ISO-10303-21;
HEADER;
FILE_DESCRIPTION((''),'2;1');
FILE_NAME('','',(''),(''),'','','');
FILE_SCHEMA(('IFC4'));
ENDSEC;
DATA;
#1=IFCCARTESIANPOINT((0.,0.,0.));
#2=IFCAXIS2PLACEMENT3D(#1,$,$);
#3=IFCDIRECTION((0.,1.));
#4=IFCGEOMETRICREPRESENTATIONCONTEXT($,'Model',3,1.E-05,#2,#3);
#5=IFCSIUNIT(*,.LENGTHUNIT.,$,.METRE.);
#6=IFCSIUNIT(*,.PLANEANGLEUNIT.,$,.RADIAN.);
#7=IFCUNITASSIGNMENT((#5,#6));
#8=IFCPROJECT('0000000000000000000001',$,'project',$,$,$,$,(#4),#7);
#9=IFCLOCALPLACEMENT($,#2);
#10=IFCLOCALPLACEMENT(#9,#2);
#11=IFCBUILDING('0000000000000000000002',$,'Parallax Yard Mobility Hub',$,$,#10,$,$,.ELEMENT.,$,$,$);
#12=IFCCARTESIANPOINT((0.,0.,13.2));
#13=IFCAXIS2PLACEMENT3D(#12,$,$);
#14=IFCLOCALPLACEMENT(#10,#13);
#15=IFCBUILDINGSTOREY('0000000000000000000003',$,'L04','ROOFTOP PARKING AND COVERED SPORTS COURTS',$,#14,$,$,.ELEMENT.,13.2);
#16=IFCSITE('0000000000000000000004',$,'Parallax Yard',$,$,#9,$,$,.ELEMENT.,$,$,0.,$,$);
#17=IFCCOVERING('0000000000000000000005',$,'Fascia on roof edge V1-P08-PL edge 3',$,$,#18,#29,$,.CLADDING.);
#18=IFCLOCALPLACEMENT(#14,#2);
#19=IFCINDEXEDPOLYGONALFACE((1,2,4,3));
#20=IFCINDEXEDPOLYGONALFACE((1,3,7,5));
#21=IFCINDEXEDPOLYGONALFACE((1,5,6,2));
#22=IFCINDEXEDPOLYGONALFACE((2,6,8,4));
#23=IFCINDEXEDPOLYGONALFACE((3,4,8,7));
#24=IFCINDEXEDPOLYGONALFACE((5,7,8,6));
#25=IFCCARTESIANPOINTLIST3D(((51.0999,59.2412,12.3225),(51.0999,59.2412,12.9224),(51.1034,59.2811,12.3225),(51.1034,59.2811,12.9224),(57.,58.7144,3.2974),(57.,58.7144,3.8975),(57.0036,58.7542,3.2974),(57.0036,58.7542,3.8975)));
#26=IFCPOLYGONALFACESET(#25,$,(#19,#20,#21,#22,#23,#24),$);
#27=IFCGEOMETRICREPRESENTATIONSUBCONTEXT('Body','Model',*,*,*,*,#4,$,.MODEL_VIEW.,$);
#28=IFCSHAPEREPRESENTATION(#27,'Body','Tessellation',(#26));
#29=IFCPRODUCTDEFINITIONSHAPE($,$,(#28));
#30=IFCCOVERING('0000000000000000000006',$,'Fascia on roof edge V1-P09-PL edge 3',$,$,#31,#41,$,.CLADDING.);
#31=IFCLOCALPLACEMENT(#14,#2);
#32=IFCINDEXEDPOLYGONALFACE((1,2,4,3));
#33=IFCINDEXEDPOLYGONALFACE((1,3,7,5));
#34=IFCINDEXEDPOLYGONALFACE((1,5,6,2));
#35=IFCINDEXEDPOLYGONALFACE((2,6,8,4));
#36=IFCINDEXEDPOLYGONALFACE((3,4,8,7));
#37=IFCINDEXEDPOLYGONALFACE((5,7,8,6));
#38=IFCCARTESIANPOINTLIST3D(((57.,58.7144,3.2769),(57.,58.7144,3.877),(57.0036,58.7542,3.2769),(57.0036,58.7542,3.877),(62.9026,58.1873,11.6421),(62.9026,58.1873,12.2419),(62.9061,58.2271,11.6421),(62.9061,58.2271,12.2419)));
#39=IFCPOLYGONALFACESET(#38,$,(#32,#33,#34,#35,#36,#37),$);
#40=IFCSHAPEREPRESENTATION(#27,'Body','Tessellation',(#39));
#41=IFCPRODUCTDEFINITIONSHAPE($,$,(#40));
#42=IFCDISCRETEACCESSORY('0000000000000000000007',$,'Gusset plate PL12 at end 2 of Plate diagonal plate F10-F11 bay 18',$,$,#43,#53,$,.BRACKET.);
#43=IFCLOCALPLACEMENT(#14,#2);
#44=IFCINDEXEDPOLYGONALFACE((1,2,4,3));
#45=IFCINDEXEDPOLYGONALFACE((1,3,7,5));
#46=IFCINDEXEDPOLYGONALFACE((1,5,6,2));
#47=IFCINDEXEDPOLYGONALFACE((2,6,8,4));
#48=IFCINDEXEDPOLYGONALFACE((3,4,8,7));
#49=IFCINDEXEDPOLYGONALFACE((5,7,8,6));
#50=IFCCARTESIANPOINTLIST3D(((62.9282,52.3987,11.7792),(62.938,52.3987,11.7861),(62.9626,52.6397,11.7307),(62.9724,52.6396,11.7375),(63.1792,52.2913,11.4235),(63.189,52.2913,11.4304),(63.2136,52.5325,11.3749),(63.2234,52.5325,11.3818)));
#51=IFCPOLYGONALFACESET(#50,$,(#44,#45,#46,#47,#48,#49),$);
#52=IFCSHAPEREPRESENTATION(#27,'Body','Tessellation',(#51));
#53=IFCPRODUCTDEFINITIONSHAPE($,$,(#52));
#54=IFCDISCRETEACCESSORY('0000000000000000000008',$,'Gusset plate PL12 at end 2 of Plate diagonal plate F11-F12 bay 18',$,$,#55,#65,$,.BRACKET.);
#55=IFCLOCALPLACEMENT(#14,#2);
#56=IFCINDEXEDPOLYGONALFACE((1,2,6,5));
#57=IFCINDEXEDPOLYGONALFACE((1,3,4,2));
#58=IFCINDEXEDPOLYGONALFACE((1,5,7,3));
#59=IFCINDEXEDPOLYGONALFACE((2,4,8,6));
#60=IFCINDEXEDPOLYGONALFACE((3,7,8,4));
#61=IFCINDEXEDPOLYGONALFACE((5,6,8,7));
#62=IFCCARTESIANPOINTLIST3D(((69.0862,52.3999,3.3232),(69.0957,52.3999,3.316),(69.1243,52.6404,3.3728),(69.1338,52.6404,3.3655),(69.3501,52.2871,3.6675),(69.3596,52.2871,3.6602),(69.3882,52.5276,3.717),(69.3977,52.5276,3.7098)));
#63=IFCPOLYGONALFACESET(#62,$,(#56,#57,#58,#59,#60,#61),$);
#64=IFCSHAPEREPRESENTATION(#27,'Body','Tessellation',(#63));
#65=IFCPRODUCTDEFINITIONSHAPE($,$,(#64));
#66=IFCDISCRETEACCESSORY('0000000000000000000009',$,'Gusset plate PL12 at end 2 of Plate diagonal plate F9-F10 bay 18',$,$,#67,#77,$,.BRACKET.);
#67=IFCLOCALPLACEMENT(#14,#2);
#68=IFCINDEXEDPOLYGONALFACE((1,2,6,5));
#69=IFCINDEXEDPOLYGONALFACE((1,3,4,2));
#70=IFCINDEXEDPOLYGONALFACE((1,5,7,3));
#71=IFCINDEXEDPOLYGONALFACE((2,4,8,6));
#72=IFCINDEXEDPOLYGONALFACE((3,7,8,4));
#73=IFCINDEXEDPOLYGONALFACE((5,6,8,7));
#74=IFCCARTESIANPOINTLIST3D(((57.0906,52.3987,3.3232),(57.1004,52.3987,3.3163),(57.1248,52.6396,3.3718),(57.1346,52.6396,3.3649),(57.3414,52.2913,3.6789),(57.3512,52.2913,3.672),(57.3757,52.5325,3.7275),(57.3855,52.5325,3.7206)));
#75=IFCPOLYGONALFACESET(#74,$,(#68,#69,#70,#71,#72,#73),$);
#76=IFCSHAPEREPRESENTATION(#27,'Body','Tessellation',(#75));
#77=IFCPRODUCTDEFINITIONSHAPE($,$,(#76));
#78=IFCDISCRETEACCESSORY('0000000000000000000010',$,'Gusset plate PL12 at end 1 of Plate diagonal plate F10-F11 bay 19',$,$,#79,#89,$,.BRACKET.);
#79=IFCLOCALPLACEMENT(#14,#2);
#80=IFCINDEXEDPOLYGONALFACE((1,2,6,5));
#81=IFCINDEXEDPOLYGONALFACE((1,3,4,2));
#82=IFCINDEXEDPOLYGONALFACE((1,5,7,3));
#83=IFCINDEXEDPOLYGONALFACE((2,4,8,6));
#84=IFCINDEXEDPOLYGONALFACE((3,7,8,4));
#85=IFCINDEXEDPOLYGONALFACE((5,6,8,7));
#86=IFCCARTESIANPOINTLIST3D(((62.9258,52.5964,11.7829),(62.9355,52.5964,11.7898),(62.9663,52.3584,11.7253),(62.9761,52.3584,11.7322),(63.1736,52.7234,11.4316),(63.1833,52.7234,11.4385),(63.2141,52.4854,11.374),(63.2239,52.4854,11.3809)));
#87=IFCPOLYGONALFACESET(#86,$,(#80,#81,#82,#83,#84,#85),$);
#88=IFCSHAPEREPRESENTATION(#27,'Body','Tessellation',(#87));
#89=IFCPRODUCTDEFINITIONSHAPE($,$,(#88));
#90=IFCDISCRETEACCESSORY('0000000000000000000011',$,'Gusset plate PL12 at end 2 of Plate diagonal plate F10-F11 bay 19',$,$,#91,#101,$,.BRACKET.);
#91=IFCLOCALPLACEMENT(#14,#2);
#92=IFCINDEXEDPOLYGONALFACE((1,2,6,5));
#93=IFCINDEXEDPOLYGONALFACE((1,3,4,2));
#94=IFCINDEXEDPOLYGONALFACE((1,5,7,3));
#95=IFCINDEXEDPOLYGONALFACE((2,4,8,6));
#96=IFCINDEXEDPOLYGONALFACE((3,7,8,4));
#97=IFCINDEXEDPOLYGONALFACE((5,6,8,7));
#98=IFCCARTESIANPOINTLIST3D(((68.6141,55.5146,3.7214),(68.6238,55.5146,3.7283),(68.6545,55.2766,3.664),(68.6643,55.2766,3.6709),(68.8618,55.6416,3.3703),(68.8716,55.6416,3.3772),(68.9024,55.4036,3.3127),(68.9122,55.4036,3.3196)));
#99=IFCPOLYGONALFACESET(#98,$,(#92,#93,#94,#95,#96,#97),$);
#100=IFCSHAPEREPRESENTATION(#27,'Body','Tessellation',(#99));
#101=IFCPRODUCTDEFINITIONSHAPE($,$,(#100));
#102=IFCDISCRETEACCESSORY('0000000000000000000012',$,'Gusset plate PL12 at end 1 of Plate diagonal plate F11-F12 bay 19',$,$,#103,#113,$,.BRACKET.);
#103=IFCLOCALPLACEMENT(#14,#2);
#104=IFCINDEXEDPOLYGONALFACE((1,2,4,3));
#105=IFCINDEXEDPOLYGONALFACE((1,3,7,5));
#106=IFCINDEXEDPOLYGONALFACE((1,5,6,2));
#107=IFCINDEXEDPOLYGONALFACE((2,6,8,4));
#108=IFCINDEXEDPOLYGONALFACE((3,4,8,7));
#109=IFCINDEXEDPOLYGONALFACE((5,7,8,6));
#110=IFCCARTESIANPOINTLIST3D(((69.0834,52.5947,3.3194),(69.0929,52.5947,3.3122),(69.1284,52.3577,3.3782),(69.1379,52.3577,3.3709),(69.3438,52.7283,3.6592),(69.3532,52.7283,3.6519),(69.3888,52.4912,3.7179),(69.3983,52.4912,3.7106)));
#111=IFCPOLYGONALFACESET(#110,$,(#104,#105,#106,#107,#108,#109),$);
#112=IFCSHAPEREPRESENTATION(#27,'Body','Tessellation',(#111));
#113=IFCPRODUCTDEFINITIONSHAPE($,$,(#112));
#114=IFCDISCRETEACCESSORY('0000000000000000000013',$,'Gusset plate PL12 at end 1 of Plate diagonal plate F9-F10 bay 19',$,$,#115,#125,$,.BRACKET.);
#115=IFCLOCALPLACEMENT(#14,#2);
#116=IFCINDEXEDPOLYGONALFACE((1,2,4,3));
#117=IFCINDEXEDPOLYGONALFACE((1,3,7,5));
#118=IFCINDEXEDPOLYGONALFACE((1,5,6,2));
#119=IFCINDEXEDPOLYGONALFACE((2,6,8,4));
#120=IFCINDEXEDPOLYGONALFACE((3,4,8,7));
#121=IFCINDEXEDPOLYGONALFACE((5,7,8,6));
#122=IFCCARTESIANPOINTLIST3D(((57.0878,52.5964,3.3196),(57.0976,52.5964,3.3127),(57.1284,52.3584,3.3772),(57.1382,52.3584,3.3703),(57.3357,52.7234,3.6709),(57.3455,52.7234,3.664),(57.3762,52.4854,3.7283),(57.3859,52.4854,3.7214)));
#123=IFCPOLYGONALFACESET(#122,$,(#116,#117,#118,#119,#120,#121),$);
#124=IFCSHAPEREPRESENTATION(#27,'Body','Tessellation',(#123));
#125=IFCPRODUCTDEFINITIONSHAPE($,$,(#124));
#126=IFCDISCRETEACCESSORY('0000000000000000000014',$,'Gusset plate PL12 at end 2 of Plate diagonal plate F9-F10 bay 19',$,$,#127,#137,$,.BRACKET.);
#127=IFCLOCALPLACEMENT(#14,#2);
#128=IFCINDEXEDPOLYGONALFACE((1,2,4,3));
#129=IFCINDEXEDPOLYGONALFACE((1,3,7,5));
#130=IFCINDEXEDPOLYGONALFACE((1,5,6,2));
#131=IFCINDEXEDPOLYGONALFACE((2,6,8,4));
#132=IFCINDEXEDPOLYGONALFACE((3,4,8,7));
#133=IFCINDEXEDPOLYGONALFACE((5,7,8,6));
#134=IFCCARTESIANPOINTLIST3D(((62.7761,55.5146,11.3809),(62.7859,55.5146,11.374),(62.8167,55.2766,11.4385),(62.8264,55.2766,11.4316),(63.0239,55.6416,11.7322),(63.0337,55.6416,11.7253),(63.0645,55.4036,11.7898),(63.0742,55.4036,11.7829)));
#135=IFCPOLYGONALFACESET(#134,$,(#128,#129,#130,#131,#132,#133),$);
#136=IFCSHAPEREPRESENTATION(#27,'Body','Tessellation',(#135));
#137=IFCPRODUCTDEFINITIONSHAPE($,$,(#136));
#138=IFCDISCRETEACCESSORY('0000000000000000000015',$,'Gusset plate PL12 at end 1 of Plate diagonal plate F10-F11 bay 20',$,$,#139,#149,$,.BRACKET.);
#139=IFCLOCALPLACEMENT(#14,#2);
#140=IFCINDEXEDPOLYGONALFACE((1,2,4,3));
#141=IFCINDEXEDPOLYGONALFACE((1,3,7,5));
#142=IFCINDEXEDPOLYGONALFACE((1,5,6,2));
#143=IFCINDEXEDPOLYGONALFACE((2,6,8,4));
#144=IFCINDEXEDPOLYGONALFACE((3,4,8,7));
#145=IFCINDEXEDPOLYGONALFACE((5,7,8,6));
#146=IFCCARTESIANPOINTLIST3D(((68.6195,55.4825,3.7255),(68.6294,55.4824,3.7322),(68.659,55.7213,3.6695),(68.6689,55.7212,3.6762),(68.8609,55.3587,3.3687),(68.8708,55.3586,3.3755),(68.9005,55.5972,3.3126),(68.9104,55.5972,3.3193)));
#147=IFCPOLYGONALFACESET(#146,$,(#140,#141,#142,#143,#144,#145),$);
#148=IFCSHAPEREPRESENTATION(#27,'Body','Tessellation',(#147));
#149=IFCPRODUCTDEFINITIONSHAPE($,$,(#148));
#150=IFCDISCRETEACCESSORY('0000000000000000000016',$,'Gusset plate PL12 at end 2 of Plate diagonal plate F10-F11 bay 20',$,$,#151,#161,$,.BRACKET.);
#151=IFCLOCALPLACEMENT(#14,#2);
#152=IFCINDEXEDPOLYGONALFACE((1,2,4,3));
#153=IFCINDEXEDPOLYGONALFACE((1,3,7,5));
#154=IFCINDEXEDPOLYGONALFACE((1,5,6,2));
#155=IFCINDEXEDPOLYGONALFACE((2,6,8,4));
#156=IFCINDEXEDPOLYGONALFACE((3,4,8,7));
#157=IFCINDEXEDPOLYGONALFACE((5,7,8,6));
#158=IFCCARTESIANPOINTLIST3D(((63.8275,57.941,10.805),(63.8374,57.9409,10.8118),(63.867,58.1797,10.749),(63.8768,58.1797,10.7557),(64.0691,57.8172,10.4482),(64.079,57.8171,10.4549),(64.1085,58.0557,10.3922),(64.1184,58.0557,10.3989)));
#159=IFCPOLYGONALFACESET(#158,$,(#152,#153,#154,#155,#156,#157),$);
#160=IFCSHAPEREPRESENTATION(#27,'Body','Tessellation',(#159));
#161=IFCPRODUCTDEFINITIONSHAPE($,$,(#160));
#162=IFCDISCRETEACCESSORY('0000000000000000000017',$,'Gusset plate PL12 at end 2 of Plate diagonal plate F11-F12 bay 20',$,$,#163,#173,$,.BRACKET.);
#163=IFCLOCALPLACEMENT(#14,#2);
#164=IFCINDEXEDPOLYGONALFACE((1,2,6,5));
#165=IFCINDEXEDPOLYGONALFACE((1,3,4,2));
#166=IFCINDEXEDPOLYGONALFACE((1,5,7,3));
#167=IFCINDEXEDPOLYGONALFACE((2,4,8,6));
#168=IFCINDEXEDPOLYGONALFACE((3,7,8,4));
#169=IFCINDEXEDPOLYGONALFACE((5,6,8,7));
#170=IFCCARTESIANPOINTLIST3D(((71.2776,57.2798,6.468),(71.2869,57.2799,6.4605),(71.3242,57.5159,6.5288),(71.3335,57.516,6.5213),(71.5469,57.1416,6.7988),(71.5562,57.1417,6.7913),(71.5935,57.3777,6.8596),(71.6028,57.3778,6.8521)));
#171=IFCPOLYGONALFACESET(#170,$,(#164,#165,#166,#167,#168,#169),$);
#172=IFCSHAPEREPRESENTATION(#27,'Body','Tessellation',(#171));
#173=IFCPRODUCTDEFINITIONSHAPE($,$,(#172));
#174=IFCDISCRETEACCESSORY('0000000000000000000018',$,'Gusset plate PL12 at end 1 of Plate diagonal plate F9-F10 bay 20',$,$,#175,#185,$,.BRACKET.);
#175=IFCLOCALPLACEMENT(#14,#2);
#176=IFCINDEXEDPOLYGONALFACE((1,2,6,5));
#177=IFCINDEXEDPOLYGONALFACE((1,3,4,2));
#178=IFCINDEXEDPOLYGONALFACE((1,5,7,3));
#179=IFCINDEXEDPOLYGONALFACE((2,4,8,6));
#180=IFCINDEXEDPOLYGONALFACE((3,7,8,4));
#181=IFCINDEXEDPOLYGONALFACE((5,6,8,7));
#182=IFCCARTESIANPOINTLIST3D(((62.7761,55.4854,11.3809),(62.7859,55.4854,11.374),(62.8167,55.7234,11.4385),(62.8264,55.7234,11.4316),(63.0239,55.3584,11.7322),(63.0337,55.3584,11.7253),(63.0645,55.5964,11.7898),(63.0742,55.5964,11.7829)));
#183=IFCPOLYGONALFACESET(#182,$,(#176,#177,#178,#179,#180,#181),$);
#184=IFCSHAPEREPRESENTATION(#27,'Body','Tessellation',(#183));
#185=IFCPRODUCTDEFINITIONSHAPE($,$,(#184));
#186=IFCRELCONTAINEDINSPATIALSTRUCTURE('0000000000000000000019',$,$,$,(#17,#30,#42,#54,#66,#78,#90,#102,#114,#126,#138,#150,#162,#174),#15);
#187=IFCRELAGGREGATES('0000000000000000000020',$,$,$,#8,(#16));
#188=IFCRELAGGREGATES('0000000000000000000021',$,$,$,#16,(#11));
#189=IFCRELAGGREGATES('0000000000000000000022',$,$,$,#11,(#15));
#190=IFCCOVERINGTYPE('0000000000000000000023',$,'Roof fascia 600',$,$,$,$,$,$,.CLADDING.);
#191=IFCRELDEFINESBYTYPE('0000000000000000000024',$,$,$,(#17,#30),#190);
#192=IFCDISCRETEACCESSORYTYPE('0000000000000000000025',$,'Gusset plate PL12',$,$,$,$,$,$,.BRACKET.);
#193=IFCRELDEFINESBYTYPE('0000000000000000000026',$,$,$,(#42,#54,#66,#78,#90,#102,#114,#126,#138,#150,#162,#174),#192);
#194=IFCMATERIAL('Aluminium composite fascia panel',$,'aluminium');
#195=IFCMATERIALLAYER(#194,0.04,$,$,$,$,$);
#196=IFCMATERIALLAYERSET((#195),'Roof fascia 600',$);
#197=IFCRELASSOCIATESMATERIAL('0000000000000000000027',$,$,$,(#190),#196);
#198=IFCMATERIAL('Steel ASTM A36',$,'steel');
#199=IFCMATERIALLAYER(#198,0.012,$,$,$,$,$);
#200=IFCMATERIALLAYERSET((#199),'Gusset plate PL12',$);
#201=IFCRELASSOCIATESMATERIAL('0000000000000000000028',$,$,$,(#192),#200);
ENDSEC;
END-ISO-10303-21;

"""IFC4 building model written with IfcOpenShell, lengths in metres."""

from ifc_helpers import new_model, si_unit, direction, frame, origin, place, context, subcontext, project, spatial, polyline, outline, extrude, material, layer, layer_set, type_object, element, save


model = new_model("IFC4")

# Units and contexts
model_context = context("Model", 3, precision=1e-05, world=origin(), true_north=direction((0.0, 1.0)))
body_context = subcontext(model_context, "Body", "Model", "MODEL_VIEW")
ifc_project = project(units=[si_unit("LENGTHUNIT", "METRE"), si_unit("PLANEANGLEUNIT", "RADIAN")], contexts=[model_context])

# Site, building, storey
site_placement = place(None, origin())
site = spatial("IfcSite", under=ifc_project, at=site_placement, Name="Parallax Yard", CompositionType="ELEMENT", RefElevation=0.0)
building_placement = place(site_placement, origin())
building = spatial("IfcBuilding", under=site, at=building_placement, Name="Parallax Yard Mobility Hub", CompositionType="ELEMENT")
storey_placement = place(building_placement, frame((0.0, 0.0, 13.2)))
storey = spatial("IfcBuildingStorey", under=building, at=storey_placement, Name="L04", Description="ROOFTOP PARKING AND COVERED SPORTS COURTS", CompositionType="ELEMENT", Elevation=13.2)

# Coverings
ifc_material_1 = material(Name="Aluminium composite fascia panel", Category="aluminium")
ifc_layer_1 = layer(ifc_material_1, 0.04)
ifc_layer_set_1 = layer_set([ifc_layer_1], Name="Roof fascia 600")
covering_type_1 = type_object("IfcCoveringType", Name="Roof fascia 600", PredefinedType="CLADDING", material=ifc_layer_set_1)
covering_1_placement = place(storey_placement, frame((57.0, 58.7144, 3.8975), z_axis=(-0.088941, -0.996037, 0.0), x_axis=(-0.546548, 0.048804, 0.836004)))
element("IfcCovering", 1, at=covering_1_placement, inside=storey, type_object=covering_type_1, Name="Fascia on roof edge V1-P08-PL edge 3", PredefinedType="CLADDING", context=body_context, shape_type="SweptSolid", body=[
    extrude(outline(polyline([(0.0, 0.0), (10.7953, 0.0), (10.2938, 0.3292), (-0.5017, 0.3293), (0.0, 0.0)])), origin(), (0.0, 0.0, -1.0), 0.04),
])
covering_2_placement = place(storey_placement, frame((62.9026, 58.1873, 12.2419), z_axis=(-0.088946, -0.996036, 0.0), x_axis=(-0.575783, 0.051417, -0.815984)))
element("IfcCovering", 2, at=covering_2_placement, inside=storey, type_object=covering_type_1, Name="Fascia on roof edge V1-P09-PL edge 3", PredefinedType="CLADDING", context=body_context, shape_type="SweptSolid", body=[
    extrude(outline(polyline([(0.0, 0.0), (10.2514, 0.0), (10.7411, 0.3469), (0.4895, 0.3468), (0.0, 0.0)])), origin(), (0.0, 0.0, -1.0), 0.04),
])

# Discrete accessories
ifc_material_2 = material(Name="Steel ASTM A36", Category="steel")
ifc_layer_2 = layer(ifc_material_2, 0.012)
ifc_layer_set_2 = layer_set([ifc_layer_2], Name="Gusset plate PL12")
discrete_accessory_type = type_object("IfcDiscreteAccessoryType", Name="Gusset plate PL12", PredefinedType="BRACKET", material=ifc_layer_set_2)
discrete_accessory_1_placement = place(storey_placement, frame((63.2234, 52.5325, 11.3818), z_axis=(0.817026, -0.000463, 0.5766), x_axis=(-0.559792, 0.239055, 0.793401)))
element("IfcDiscreteAccessory", 3, at=discrete_accessory_1_placement, inside=storey, type_object=discrete_accessory_type, Name="Gusset plate PL12 at end 2 of Plate diagonal plate F10-F11 bay 18", PredefinedType="BRACKET", context=body_context, shape_type="SweptSolid", body=[
    extrude(outline(polyline([(0.0, 0.0), (0.4483, 0.0), (0.4486, 0.2482), (0.0002, 0.2485), (0.0, 0.0)])), origin(), (0.0, 0.0, -1.0), 0.012),
])
discrete_accessory_2_placement = place(storey_placement, frame((69.3882, 52.5276, 3.717), z_axis=(-0.793563, 0.000277, 0.608489), x_axis=(-0.588849, 0.251664, -0.768064)))
element("IfcDiscreteAccessory", 4, at=discrete_accessory_2_placement, inside=storey, type_object=discrete_accessory_type, Name="Gusset plate PL12 at end 2 of Plate diagonal plate F11-F12 bay 18", PredefinedType="BRACKET", context=body_context, shape_type="SweptSolid", body=[
    extrude(outline(polyline([(0.0, 0.0), (0.4482, 0.0), (0.4482, 0.2485), (0.0, 0.2485), (0.0, 0.0)])), origin(), (0.0, 0.0, -1.0), 0.012),
])
discrete_accessory_3_placement = place(storey_placement, frame((57.3757, 52.5325, 3.7275), z_axis=(-0.817206, 0.000126, 0.576345), x_axis=(-0.55961, 0.239055, -0.79353)))
element("IfcDiscreteAccessory", 5, at=discrete_accessory_3_placement, inside=storey, type_object=discrete_accessory_type, Name="Gusset plate PL12 at end 2 of Plate diagonal plate F9-F10 bay 18", PredefinedType="BRACKET", context=body_context, shape_type="SweptSolid", body=[
    extrude(outline(polyline([(0.0, 0.0), (0.4483, 0.0), (0.4484, 0.2482), (0.0002, 0.2485), (0.0, 0.0)])), origin(), (0.0, 0.0, -1.0), 0.012),
])
discrete_accessory_4_placement = place(storey_placement, frame((63.1833, 52.7234, 11.4385), z_axis=(0.817233, -0.000357, 0.576307), x_axis=(-0.552795, -0.283205, 0.783717)))
element("IfcDiscreteAccessory", 6, at=discrete_accessory_4_placement, inside=storey, type_object=discrete_accessory_type, Name="Gusset plate PL12 at end 1 of Plate diagonal plate F10-F11 bay 19", PredefinedType="BRACKET", context=body_context, shape_type="SweptSolid", body=[
    extrude(outline(polyline([(0.0, 0.0), (0.4483, 0.0), (0.4481, 0.2482), (-0.0001, 0.2482), (0.0, 0.0)])), origin(), (0.0, 0.0, -1.0), 0.012),
])
discrete_accessory_5_placement = place(storey_placement, frame((68.6643, 55.2766, 3.6709), z_axis=(0.8171, -0.000129, 0.576496), x_axis=(0.552924, 0.283205, -0.783626)))
element("IfcDiscreteAccessory", 7, at=discrete_accessory_5_placement, inside=storey, type_object=discrete_accessory_type, Name="Gusset plate PL12 at end 2 of Plate diagonal plate F10-F11 bay 19", PredefinedType="BRACKET", context=body_context, shape_type="SweptSolid", body=[
    extrude(outline(polyline([(0.0, 0.0), (0.4483, 0.0), (0.4481, 0.2482), (0.0, 0.2482), (0.0, 0.0)])), origin(), (0.0, 0.0, -1.0), 0.012),
])
discrete_accessory_6_placement = place(storey_placement, frame((69.3438, 52.7283, 3.6592), z_axis=(-0.793669, -0.000128, 0.608349), x_axis=(-0.580712, -0.297827, -0.757676)))
element("IfcDiscreteAccessory", 8, at=discrete_accessory_6_placement, inside=storey, type_object=discrete_accessory_type, Name="Gusset plate PL12 at end 1 of Plate diagonal plate F11-F12 bay 19", PredefinedType="BRACKET", context=body_context, shape_type="SweptSolid", body=[
    extrude(outline(polyline([(0.0, 0.0), (0.4484, 0.0), (0.4483, 0.2483), (0.0, 0.2483), (0.0, 0.0)])), origin(), (0.0, 0.0, -1.0), 0.012),
])
discrete_accessory_7_placement = place(storey_placement, frame((57.3357, 52.7234, 3.6709), z_axis=(-0.8171, 0.000129, 0.576496), x_axis=(-0.552924, -0.283205, -0.783626)))
element("IfcDiscreteAccessory", 9, at=discrete_accessory_7_placement, inside=storey, type_object=discrete_accessory_type, Name="Gusset plate PL12 at end 1 of Plate diagonal plate F9-F10 bay 19", PredefinedType="BRACKET", context=body_context, shape_type="SweptSolid", body=[
    extrude(outline(polyline([(0.0, 0.0), (0.4483, 0.0), (0.4481, 0.2482), (0.0, 0.2482), (0.0, 0.0)])), origin(), (0.0, 0.0, -1.0), 0.012),
])
discrete_accessory_8_placement = place(storey_placement, frame((62.8167, 55.2766, 11.4385), z_axis=(-0.817233, 0.000357, 0.576307), x_axis=(0.552795, 0.283205, 0.783717)))
element("IfcDiscreteAccessory", 10, at=discrete_accessory_8_placement, inside=storey, type_object=discrete_accessory_type, Name="Gusset plate PL12 at end 2 of Plate diagonal plate F9-F10 bay 19", PredefinedType="BRACKET", context=body_context, shape_type="SweptSolid", body=[
    extrude(outline(polyline([(0.0, 0.0), (0.4483, 0.0), (0.4481, 0.2482), (-0.0001, 0.2482), (0.0, 0.0)])), origin(), (0.0, 0.0, -1.0), 0.012),
])
discrete_accessory_9_placement = place(storey_placement, frame((68.6294, 55.4824, 3.7322), z_axis=(0.827337, -0.005241, 0.561681), x_axis=(0.538642, -0.276192, -0.795979)))
element("IfcDiscreteAccessory", 11, at=discrete_accessory_9_placement, inside=storey, type_object=discrete_accessory_type, Name="Gusset plate PL12 at end 1 of Plate diagonal plate F10-F11 bay 20", PredefinedType="BRACKET", context=body_context, shape_type="SweptSolid", body=[
    extrude(outline(polyline([(0.0, 0.0), (0.4482, 0.0), (0.4483, 0.2482), (-0.0001, 0.2484), (0.0, 0.0)])), origin(), (0.0, 0.0, -1.0), 0.012),
])
discrete_accessory_10_placement = place(storey_placement, frame((64.1184, 58.0557, 10.3989), z_axis=(0.827281, -0.004788, 0.561768), x_axis=(-0.538759, 0.276613, 0.795754)))
element("IfcDiscreteAccessory", 12, at=discrete_accessory_10_placement, inside=storey, type_object=discrete_accessory_type, Name="Gusset plate PL12 at end 2 of Plate diagonal plate F10-F11 bay 20", PredefinedType="BRACKET", context=body_context, shape_type="SweptSolid", body=[
    extrude(outline(polyline([(0.0, 0.0), (0.4484, 0.0), (0.4482, 0.2484), (-0.0002, 0.2482), (0.0, 0.0)])), origin(), (0.0, 0.0, -1.0), 0.012),
])
discrete_accessory_11_placement = place(storey_placement, frame((71.5935, 57.3777, 6.8596), z_axis=(-0.77724, -0.008485, 0.629147), x_axis=(-0.600576, 0.308183, -0.737788)))
element("IfcDiscreteAccessory", 13, at=discrete_accessory_11_placement, inside=storey, type_object=discrete_accessory_type, Name="Gusset plate PL12 at end 2 of Plate diagonal plate F11-F12 bay 20", PredefinedType="BRACKET", context=body_context, shape_type="SweptSolid", body=[
    extrude(outline(polyline([(0.0, 0.0), (0.4484, 0.0), (0.4485, 0.2482), (0.0001, 0.2482), (0.0, 0.0)])), origin(), (0.0, 0.0, -1.0), 0.012),
])
discrete_accessory_12_placement = place(storey_placement, frame((62.7761, 55.4854, 11.3809), z_axis=(-0.817233, -0.000357, 0.576307), x_axis=(0.552795, -0.283205, 0.783717)))
element("IfcDiscreteAccessory", 14, at=discrete_accessory_12_placement, inside=storey, type_object=discrete_accessory_type, Name="Gusset plate PL12 at end 1 of Plate diagonal plate F9-F10 bay 20", PredefinedType="BRACKET", context=body_context, shape_type="SweptSolid", body=[
    extrude(outline(polyline([(0.0, 0.0), (0.4483, 0.0), (0.4484, 0.2482), (0.0001, 0.2482), (0.0, 0.0)])), origin(), (0.0, 0.0, -1.0), 0.012),
])

save(model, "model.ifc")
